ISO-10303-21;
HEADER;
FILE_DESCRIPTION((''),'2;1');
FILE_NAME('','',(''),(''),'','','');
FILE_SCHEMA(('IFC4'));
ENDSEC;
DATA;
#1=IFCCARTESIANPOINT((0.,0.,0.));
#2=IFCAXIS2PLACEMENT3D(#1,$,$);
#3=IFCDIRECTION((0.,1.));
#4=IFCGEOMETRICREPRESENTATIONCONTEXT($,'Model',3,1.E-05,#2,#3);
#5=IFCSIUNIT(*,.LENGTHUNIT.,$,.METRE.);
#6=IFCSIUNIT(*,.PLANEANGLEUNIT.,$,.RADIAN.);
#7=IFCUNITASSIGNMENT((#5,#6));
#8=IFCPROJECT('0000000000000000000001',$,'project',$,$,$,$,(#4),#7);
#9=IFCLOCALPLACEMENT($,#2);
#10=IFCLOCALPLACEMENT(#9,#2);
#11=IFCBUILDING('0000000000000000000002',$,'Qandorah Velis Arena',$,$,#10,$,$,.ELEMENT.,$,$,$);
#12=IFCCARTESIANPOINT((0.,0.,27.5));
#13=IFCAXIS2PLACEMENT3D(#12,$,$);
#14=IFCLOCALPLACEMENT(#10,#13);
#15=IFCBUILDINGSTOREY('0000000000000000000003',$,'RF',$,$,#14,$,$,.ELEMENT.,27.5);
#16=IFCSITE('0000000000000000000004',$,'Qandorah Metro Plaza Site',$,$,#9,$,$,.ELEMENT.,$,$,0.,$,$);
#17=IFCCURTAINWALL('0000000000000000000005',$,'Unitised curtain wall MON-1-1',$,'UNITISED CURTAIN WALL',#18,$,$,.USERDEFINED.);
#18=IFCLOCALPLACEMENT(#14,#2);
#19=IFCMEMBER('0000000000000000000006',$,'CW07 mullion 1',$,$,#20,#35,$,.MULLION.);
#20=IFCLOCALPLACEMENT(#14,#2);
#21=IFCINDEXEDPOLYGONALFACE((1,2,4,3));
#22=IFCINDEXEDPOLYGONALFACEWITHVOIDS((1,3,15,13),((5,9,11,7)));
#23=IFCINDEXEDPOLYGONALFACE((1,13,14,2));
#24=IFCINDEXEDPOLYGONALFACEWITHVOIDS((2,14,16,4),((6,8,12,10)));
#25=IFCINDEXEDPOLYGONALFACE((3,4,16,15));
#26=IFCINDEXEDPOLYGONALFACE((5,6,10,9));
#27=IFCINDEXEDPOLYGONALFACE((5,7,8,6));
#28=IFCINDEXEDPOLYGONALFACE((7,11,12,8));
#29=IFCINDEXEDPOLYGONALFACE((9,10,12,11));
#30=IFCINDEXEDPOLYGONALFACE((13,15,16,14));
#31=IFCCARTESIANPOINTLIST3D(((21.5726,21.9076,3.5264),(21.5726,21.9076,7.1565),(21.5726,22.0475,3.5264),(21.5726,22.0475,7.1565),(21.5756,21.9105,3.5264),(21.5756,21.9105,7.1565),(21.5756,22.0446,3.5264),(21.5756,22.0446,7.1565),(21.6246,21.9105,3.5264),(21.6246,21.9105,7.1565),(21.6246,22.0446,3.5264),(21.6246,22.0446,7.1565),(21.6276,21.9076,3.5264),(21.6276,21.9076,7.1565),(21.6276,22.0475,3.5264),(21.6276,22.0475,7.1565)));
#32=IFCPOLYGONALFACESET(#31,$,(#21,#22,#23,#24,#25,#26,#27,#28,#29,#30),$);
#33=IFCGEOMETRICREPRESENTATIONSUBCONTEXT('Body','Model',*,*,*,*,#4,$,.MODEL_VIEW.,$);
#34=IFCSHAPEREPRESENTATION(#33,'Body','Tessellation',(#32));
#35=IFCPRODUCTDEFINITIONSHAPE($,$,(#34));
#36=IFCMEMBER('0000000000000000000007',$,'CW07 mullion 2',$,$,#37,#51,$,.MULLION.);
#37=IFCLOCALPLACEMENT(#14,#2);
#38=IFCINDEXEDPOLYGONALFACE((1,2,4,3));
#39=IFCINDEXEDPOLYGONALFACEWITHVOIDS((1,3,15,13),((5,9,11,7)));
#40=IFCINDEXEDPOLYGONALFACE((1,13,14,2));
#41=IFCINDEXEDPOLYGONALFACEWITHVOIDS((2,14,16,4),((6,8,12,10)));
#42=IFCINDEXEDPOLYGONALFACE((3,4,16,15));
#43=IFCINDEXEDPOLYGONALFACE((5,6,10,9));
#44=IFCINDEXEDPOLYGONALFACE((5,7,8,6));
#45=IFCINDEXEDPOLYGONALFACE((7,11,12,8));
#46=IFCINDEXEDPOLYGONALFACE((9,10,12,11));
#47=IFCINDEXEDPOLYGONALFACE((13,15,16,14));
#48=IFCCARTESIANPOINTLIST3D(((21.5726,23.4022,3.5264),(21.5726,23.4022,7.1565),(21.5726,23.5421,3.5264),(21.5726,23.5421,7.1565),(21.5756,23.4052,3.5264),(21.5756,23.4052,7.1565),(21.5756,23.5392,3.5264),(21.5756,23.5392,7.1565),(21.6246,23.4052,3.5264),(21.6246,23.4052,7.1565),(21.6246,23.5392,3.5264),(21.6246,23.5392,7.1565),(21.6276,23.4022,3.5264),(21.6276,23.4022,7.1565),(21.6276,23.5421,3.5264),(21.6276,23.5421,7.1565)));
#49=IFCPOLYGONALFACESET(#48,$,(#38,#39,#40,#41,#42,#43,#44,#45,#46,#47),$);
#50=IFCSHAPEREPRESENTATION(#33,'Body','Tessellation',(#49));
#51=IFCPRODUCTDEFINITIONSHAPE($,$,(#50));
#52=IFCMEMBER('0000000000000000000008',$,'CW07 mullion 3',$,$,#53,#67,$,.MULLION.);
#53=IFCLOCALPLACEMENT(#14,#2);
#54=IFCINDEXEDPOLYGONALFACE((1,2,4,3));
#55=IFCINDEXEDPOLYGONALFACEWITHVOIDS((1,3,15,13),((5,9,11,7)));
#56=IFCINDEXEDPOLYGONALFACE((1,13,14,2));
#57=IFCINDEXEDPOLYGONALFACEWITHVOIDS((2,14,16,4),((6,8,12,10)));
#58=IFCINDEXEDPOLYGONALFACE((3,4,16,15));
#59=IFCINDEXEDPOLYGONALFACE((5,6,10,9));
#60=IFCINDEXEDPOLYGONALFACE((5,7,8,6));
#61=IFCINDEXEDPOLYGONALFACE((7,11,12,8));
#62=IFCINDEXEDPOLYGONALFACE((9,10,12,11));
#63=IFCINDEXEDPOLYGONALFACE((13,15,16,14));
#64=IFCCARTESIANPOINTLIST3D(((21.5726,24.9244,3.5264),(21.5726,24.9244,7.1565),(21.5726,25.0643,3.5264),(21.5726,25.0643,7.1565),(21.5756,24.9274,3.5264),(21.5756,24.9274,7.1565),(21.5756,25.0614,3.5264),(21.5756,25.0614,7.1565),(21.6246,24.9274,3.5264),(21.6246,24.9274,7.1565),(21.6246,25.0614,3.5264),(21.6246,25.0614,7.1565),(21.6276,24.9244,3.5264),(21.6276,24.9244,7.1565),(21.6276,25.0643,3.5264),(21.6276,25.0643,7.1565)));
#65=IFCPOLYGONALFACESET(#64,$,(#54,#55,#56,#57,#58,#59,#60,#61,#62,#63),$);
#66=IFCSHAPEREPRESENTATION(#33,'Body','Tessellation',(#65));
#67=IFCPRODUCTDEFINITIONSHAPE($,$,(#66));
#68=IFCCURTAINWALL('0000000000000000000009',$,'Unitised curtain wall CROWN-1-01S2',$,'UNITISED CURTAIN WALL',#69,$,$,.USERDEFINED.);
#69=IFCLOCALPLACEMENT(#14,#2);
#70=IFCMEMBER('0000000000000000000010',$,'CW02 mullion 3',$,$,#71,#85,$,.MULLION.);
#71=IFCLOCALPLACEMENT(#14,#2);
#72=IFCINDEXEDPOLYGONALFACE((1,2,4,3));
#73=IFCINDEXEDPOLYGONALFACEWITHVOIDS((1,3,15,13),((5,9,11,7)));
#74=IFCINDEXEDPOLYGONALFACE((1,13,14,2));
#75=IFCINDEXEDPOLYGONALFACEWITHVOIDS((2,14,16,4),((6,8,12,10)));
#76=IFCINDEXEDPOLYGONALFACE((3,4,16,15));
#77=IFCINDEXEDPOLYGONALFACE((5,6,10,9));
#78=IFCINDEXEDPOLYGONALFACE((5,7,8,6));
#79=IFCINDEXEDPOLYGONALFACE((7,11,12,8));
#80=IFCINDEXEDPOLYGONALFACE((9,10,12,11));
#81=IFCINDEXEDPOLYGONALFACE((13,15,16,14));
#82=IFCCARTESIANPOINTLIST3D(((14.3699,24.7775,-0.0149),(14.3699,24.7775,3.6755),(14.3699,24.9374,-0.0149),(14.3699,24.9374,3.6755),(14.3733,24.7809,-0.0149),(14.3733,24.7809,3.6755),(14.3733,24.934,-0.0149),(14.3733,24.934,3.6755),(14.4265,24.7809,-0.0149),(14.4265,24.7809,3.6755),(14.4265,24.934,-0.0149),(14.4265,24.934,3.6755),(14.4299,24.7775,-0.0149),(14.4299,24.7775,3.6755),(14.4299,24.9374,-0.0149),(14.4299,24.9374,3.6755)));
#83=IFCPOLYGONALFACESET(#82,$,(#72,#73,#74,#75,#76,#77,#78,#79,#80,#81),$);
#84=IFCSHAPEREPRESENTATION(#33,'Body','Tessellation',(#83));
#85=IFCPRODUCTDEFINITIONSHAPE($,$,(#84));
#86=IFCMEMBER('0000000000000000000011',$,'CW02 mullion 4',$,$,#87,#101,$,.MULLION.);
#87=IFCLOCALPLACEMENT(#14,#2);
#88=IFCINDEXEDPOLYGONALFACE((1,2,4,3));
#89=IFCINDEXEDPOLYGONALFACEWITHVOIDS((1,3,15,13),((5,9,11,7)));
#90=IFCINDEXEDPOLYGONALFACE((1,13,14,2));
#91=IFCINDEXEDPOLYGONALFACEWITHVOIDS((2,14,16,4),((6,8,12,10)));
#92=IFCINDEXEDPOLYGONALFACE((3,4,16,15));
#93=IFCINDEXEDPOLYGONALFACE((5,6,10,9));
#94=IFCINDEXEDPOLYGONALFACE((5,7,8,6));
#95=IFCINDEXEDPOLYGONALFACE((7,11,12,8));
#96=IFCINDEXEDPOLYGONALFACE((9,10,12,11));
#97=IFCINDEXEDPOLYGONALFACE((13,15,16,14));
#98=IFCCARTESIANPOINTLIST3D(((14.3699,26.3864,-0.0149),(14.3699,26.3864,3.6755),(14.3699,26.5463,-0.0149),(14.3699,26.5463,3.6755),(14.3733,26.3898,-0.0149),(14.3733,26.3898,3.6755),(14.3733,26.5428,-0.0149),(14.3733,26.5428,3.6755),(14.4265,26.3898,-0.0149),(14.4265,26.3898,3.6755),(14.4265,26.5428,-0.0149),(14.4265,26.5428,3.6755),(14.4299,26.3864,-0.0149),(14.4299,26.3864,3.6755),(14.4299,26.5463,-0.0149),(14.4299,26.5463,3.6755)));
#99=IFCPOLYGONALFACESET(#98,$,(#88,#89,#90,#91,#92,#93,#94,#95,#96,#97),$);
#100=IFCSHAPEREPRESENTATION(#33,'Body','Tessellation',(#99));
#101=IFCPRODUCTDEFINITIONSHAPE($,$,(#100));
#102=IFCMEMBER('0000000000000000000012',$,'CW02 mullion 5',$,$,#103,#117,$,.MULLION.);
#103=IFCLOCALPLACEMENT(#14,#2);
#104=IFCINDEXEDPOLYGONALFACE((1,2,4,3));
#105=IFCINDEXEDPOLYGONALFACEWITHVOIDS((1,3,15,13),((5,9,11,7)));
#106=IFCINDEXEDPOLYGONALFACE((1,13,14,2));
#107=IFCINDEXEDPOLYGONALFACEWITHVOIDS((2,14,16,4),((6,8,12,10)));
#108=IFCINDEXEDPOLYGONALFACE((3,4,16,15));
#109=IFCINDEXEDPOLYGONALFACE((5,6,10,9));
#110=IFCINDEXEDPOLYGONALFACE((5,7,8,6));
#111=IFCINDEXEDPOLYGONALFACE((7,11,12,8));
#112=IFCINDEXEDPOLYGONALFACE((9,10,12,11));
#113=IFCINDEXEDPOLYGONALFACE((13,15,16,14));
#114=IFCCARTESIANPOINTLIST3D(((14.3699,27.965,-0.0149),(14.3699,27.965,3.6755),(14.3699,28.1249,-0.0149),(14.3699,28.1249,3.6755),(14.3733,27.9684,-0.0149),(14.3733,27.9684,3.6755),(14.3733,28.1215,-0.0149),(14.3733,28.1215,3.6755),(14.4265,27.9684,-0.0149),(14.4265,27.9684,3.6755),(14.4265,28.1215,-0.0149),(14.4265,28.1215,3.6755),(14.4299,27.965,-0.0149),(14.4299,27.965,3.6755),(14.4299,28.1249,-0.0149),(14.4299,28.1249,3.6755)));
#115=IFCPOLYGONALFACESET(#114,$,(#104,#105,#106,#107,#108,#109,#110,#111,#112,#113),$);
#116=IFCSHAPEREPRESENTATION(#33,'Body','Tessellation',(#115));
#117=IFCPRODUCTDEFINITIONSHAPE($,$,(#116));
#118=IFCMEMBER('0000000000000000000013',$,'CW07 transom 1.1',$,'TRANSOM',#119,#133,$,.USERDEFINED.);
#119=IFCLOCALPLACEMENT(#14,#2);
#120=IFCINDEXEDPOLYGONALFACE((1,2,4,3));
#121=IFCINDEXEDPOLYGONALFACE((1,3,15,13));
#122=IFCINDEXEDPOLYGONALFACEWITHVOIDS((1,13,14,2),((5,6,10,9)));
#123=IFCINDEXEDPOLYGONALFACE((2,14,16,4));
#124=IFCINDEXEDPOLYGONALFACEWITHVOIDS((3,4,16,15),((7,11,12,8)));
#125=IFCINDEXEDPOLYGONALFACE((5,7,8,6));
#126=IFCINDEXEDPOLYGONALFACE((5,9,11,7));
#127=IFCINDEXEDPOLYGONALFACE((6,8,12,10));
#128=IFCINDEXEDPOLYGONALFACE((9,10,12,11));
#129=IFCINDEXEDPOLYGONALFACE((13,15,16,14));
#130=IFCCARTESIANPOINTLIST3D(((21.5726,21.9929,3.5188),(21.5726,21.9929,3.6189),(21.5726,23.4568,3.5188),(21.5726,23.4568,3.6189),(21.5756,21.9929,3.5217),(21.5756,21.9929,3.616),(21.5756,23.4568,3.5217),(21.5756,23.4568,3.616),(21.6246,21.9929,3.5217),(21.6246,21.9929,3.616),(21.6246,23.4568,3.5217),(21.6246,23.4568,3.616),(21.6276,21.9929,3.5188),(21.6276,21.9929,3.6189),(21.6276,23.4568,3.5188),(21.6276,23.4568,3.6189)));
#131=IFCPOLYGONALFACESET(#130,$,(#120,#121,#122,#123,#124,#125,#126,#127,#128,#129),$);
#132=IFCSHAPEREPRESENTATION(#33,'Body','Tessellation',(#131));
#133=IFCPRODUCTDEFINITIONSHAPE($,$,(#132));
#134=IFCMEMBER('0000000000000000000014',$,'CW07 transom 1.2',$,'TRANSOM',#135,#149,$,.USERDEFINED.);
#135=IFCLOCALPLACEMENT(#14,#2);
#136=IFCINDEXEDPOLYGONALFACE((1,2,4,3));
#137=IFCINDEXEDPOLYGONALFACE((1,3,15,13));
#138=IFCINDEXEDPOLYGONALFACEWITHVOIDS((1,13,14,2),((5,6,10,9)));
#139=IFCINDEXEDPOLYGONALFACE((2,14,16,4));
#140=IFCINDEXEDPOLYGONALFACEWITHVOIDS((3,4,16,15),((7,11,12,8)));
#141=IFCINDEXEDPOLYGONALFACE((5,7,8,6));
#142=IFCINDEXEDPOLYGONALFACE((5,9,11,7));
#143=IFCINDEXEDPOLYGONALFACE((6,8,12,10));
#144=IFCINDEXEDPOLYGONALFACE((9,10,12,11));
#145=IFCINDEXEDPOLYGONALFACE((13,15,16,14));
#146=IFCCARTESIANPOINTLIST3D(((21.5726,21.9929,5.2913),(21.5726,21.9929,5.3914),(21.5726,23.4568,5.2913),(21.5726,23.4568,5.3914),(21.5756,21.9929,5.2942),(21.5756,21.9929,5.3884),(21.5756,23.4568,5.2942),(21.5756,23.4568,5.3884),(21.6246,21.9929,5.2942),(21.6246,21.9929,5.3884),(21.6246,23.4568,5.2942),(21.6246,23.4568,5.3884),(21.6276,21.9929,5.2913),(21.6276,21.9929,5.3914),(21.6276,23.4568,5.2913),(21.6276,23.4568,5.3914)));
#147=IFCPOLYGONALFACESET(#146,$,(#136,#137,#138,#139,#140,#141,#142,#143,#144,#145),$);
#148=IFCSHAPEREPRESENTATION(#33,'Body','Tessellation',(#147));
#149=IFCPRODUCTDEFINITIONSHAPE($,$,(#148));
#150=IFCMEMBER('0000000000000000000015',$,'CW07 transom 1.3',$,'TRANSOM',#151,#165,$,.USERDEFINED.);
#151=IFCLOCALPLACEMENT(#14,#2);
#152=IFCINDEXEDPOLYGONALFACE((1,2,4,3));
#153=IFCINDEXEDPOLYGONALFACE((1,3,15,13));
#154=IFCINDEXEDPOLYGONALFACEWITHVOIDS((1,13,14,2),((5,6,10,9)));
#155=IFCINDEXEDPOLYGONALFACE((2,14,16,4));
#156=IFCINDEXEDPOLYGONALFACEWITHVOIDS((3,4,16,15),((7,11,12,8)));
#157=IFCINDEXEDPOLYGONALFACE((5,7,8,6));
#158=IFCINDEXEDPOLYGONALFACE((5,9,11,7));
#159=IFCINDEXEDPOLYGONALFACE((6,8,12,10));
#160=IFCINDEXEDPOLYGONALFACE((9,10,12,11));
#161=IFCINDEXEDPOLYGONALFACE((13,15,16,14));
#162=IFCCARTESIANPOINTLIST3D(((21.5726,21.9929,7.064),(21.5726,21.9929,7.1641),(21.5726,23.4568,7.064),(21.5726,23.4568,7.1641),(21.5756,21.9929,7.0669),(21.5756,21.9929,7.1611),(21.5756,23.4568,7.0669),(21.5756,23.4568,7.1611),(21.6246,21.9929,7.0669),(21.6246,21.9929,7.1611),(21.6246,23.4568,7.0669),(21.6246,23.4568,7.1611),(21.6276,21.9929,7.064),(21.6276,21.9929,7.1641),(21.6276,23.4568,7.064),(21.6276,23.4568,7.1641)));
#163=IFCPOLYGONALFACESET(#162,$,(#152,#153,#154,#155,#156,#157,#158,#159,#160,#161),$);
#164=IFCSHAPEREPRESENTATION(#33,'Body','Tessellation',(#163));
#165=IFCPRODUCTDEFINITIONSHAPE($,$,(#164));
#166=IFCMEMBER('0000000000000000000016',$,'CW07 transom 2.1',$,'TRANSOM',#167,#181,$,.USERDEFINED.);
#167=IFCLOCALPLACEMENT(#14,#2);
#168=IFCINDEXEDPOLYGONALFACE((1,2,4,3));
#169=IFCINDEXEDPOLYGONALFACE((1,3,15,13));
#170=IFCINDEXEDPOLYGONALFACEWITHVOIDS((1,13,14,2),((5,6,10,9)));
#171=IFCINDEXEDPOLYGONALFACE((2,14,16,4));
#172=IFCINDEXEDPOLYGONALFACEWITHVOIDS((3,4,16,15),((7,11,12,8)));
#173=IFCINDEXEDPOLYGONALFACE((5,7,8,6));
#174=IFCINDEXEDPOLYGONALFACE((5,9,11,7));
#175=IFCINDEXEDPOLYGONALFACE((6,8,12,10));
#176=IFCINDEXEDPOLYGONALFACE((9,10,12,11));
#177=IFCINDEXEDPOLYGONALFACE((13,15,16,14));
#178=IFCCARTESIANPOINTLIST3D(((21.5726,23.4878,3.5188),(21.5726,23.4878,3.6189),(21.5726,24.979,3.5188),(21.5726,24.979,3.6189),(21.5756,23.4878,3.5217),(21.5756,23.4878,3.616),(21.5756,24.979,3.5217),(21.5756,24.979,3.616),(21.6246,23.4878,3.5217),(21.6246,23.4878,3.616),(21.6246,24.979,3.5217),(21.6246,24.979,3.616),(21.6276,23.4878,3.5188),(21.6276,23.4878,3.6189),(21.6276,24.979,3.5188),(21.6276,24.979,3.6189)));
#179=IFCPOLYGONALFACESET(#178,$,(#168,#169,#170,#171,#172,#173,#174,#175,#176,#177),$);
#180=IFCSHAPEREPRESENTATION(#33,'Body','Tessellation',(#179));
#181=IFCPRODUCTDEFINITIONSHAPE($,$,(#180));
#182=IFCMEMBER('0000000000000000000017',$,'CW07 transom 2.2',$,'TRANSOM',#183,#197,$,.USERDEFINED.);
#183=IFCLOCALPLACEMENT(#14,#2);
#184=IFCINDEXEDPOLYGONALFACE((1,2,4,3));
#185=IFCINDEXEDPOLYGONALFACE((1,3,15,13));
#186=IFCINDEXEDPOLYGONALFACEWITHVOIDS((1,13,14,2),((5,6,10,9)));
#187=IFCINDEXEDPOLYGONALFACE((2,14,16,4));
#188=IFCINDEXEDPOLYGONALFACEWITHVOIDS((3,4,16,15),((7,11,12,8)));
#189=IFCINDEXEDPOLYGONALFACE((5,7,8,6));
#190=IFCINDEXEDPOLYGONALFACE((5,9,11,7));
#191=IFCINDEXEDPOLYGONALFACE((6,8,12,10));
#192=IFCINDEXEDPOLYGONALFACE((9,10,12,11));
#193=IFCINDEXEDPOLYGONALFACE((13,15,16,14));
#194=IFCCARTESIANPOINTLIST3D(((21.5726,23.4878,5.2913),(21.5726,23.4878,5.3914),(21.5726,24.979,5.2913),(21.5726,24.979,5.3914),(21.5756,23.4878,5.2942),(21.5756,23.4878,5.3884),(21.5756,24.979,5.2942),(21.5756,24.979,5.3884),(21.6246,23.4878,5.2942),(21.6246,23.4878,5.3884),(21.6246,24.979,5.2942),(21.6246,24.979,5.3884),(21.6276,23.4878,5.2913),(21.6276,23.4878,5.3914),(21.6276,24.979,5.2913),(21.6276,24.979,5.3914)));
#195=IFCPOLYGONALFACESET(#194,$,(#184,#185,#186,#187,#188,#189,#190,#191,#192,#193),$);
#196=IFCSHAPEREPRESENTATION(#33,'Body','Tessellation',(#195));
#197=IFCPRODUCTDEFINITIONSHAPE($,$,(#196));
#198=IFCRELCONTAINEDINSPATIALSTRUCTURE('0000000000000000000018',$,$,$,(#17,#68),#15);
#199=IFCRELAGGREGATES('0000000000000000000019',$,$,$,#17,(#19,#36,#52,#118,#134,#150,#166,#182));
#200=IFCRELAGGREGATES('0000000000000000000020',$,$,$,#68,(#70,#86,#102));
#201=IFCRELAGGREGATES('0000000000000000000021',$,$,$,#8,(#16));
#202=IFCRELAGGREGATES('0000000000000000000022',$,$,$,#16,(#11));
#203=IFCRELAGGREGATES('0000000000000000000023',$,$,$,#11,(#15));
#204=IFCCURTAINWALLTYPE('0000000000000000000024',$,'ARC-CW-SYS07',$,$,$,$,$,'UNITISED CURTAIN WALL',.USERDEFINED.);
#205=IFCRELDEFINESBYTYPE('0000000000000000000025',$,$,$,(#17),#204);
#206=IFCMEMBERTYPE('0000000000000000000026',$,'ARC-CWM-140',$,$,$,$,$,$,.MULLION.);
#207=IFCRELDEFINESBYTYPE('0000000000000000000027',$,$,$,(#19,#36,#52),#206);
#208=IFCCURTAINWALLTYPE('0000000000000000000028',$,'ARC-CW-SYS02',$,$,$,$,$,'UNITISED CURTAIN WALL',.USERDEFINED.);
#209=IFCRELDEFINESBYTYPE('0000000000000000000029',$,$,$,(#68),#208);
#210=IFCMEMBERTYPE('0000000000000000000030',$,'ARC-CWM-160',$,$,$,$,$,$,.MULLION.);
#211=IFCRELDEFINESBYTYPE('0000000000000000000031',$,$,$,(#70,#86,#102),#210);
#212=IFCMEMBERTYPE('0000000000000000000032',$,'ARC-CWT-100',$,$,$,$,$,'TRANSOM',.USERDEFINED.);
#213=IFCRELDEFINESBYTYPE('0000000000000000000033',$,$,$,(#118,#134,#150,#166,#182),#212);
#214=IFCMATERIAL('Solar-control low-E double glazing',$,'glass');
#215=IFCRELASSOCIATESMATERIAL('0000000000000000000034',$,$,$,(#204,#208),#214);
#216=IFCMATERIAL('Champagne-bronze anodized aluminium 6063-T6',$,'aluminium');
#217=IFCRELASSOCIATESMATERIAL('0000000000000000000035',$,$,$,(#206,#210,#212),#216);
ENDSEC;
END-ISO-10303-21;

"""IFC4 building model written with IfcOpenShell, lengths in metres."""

from ifc_helpers import new_model, si_unit, direction, frame, origin, origin_2d, place, context, subcontext, project, spatial, hollow_rectangle, extrude, material, material_profile, profile_set, type_object, element, aggregate, save


model = new_model("IFC4")

# Units and contexts
model_context = context("Model", 3, precision=1e-05, world=origin(), true_north=direction((0.0, 1.0)))
body_context = subcontext(model_context, "Body", "Model", "MODEL_VIEW")
ifc_project = project(units=[si_unit("LENGTHUNIT", "METRE"), si_unit("PLANEANGLEUNIT", "RADIAN")], contexts=[model_context])

# Site, building, storey
site_placement = place(None, origin())
site = spatial("IfcSite", under=ifc_project, at=site_placement, Name="Qandorah Metro Plaza Site", CompositionType="ELEMENT", RefElevation=0.0)
building_placement = place(site_placement, origin())
building = spatial("IfcBuilding", under=site, at=building_placement, Name="Qandorah Velis Arena", CompositionType="ELEMENT")
storey_placement = place(building_placement, frame((0.0, 0.0, 27.5)))
storey = spatial("IfcBuildingStorey", under=building, at=storey_placement, Name="RF", CompositionType="ELEMENT", Elevation=27.5)

# Curtain walls, members
ifc_material_1 = material(Name="Solar-control low-E double glazing", Category="glass")
curtain_wall_type_1 = type_object("IfcCurtainWallType", Name="ARC-CW-SYS07", ElementType="UNITISED CURTAIN WALL", PredefinedType="USERDEFINED", material=ifc_material_1)
curtain_wall_1_placement = place(storey_placement, origin())
curtain_wall_1 = element("IfcCurtainWall", 1, at=curtain_wall_1_placement, inside=storey, type_object=curtain_wall_type_1, Name="Unitised curtain wall MON-1-1", ObjectType="UNITISED CURTAIN WALL", PredefinedType="USERDEFINED")
ifc_material_2 = material(Name="Champagne-bronze anodized aluminium 6063-T6", Category="aluminium")
ifc_material_profile_1 = material_profile(ifc_material_2, hollow_rectangle(XDim=0.0549, YDim=0.1399, WallThickness=0.0029, at=origin_2d()), Name="ALU MULLION 55x140")
ifc_profile_set_1 = profile_set([ifc_material_profile_1], Name="Champagne-bronze anodized aluminium 6063-T6")
member_type_1 = type_object("IfcMemberType", Name="ARC-CWM-140", PredefinedType="MULLION", material=ifc_profile_set_1)
member_1_placement = place(storey_placement, frame((21.6001, 21.9775, 3.5264), z_axis=(0.0, 0.0, 1.0), x_axis=(-1.0, 0.0, 0.0)))
member_1 = element("IfcMember", 2, at=member_1_placement, type_object=member_type_1, Name="CW07 mullion 1", PredefinedType="MULLION", context=body_context, shape_type="SweptSolid", body=[
    extrude(hollow_rectangle(XDim=0.0549, YDim=0.1399, WallThickness=0.0029, at=origin_2d()), origin(), (0.0, 0.0, 1.0), 3.6301),
])
member_2_placement = place(storey_placement, frame((21.6001, 23.4722, 3.5264), z_axis=(0.0, 0.0, 1.0), x_axis=(-1.0, 0.0, 0.0)))
member_2 = element("IfcMember", 3, at=member_2_placement, type_object=member_type_1, Name="CW07 mullion 2", PredefinedType="MULLION", context=body_context, shape_type="SweptSolid", body=[
    extrude(hollow_rectangle(XDim=0.0549, YDim=0.1399, WallThickness=0.0029, at=origin_2d()), origin(), (0.0, 0.0, 1.0), 3.6301),
])
member_3_placement = place(storey_placement, frame((21.6001, 24.9944, 3.5264), z_axis=(0.0, 0.0, 1.0), x_axis=(-1.0, 0.0, 0.0)))
member_3 = element("IfcMember", 4, at=member_3_placement, type_object=member_type_1, Name="CW07 mullion 3", PredefinedType="MULLION", context=body_context, shape_type="SweptSolid", body=[
    extrude(hollow_rectangle(XDim=0.0549, YDim=0.1399, WallThickness=0.0029, at=origin_2d()), origin(), (0.0, 0.0, 1.0), 3.6301),
])
curtain_wall_type_2 = type_object("IfcCurtainWallType", Name="ARC-CW-SYS02", ElementType="UNITISED CURTAIN WALL", PredefinedType="USERDEFINED", material=ifc_material_1)
curtain_wall_2_placement = place(storey_placement, origin())
curtain_wall_2 = element("IfcCurtainWall", 5, at=curtain_wall_2_placement, inside=storey, type_object=curtain_wall_type_2, Name="Unitised curtain wall CROWN-1-01S2", ObjectType="UNITISED CURTAIN WALL", PredefinedType="USERDEFINED")
ifc_material_profile_2 = material_profile(ifc_material_2, hollow_rectangle(XDim=0.0601, YDim=0.1599, WallThickness=0.0034, at=origin_2d()), Name="ALU MULLION 60x160")
ifc_profile_set_2 = profile_set([ifc_material_profile_2], Name="Champagne-bronze anodized aluminium 6063-T6")
member_type_2 = type_object("IfcMemberType", Name="ARC-CWM-160", PredefinedType="MULLION", material=ifc_profile_set_2)
member_4_placement = place(storey_placement, frame((14.3999, 24.8574, -0.0149), z_axis=(0.0, 0.0, 1.0), x_axis=(-1.0, 0.0, 0.0)))
member_4 = element("IfcMember", 6, at=member_4_placement, type_object=member_type_2, Name="CW02 mullion 3", PredefinedType="MULLION", context=body_context, shape_type="SweptSolid", body=[
    extrude(hollow_rectangle(XDim=0.0601, YDim=0.1599, WallThickness=0.0034, at=origin_2d()), origin(), (0.0, 0.0, 1.0), 3.6904),
])
member_5_placement = place(storey_placement, frame((14.3999, 26.4663, -0.0149), z_axis=(0.0, 0.0, 1.0), x_axis=(-1.0, 0.0, 0.0)))
member_5 = element("IfcMember", 7, at=member_5_placement, type_object=member_type_2, Name="CW02 mullion 4", PredefinedType="MULLION", context=body_context, shape_type="SweptSolid", body=[
    extrude(hollow_rectangle(XDim=0.0601, YDim=0.1599, WallThickness=0.0034, at=origin_2d()), origin(), (0.0, 0.0, 1.0), 3.6904),
])
member_6_placement = place(storey_placement, frame((14.3999, 28.0449, -0.0149), z_axis=(0.0, 0.0, 1.0), x_axis=(-1.0, 0.0, 0.0)))
member_6 = element("IfcMember", 8, at=member_6_placement, type_object=member_type_2, Name="CW02 mullion 5", PredefinedType="MULLION", context=body_context, shape_type="SweptSolid", body=[
    extrude(hollow_rectangle(XDim=0.0601, YDim=0.1599, WallThickness=0.0034, at=origin_2d()), origin(), (0.0, 0.0, 1.0), 3.6904),
])

# Members
ifc_material_profile_3 = material_profile(ifc_material_2, hollow_rectangle(XDim=0.0549, YDim=0.1001, WallThickness=0.0029, at=origin_2d()), Name="ALU TRANSOM 55x100")
ifc_profile_set_3 = profile_set([ifc_material_profile_3], Name="Champagne-bronze anodized aluminium 6063-T6")
member_type_3 = type_object("IfcMemberType", Name="ARC-CWT-100", ElementType="TRANSOM", PredefinedType="USERDEFINED", material=ifc_profile_set_3)
member_7_placement = place(storey_placement, frame((21.6001, 21.9929, 3.5688), z_axis=(0.0, 1.0, 0.0), x_axis=(-1.0, 0.0, 0.0)))
member_7 = element("IfcMember", 9, at=member_7_placement, type_object=member_type_3, Name="CW07 transom 1.1", ObjectType="TRANSOM", PredefinedType="USERDEFINED", context=body_context, shape_type="SweptSolid", body=[
    extrude(hollow_rectangle(XDim=0.0549, YDim=0.1001, WallThickness=0.0029, at=origin_2d()), origin(), (0.0, 0.0, 1.0), 1.4639),
])
member_8_placement = place(storey_placement, frame((21.6001, 21.9929, 5.3413), z_axis=(0.0, 1.0, 0.0), x_axis=(-1.0, 0.0, 0.0)))
member_8 = element("IfcMember", 10, at=member_8_placement, type_object=member_type_3, Name="CW07 transom 1.2", ObjectType="TRANSOM", PredefinedType="USERDEFINED", context=body_context, shape_type="SweptSolid", body=[
    extrude(hollow_rectangle(XDim=0.0549, YDim=0.1001, WallThickness=0.0029, at=origin_2d()), origin(), (0.0, 0.0, 1.0), 1.4639),
])
member_9_placement = place(storey_placement, frame((21.6001, 21.9929, 7.114), z_axis=(0.0, 1.0, 0.0), x_axis=(-1.0, 0.0, 0.0)))
member_9 = element("IfcMember", 11, at=member_9_placement, type_object=member_type_3, Name="CW07 transom 1.3", ObjectType="TRANSOM", PredefinedType="USERDEFINED", context=body_context, shape_type="SweptSolid", body=[
    extrude(hollow_rectangle(XDim=0.0549, YDim=0.1001, WallThickness=0.0029, at=origin_2d()), origin(), (0.0, 0.0, 1.0), 1.4639),
])
member_10_placement = place(storey_placement, frame((21.6001, 23.4878, 3.5688), z_axis=(0.0, 1.0, 0.0), x_axis=(-1.0, 0.0, 0.0)))
member_10 = element("IfcMember", 12, at=member_10_placement, type_object=member_type_3, Name="CW07 transom 2.1", ObjectType="TRANSOM", PredefinedType="USERDEFINED", context=body_context, shape_type="SweptSolid", body=[
    extrude(hollow_rectangle(XDim=0.0549, YDim=0.1001, WallThickness=0.0029, at=origin_2d()), origin(), (0.0, 0.0, 1.0), 1.4912),
])
member_11_placement = place(storey_placement, frame((21.6001, 23.4878, 5.3413), z_axis=(0.0, 1.0, 0.0), x_axis=(-1.0, 0.0, 0.0)))
member_11 = element("IfcMember", 13, at=member_11_placement, type_object=member_type_3, Name="CW07 transom 2.2", ObjectType="TRANSOM", PredefinedType="USERDEFINED", context=body_context, shape_type="SweptSolid", body=[
    extrude(hollow_rectangle(XDim=0.0549, YDim=0.1001, WallThickness=0.0029, at=origin_2d()), origin(), (0.0, 0.0, 1.0), 1.4912),
])

aggregate(curtain_wall_1, [member_1, member_2, member_3, member_7, member_8, member_9, member_10, member_11])
aggregate(curtain_wall_2, [member_4, member_5, member_6])

save(model, "model.ifc")
